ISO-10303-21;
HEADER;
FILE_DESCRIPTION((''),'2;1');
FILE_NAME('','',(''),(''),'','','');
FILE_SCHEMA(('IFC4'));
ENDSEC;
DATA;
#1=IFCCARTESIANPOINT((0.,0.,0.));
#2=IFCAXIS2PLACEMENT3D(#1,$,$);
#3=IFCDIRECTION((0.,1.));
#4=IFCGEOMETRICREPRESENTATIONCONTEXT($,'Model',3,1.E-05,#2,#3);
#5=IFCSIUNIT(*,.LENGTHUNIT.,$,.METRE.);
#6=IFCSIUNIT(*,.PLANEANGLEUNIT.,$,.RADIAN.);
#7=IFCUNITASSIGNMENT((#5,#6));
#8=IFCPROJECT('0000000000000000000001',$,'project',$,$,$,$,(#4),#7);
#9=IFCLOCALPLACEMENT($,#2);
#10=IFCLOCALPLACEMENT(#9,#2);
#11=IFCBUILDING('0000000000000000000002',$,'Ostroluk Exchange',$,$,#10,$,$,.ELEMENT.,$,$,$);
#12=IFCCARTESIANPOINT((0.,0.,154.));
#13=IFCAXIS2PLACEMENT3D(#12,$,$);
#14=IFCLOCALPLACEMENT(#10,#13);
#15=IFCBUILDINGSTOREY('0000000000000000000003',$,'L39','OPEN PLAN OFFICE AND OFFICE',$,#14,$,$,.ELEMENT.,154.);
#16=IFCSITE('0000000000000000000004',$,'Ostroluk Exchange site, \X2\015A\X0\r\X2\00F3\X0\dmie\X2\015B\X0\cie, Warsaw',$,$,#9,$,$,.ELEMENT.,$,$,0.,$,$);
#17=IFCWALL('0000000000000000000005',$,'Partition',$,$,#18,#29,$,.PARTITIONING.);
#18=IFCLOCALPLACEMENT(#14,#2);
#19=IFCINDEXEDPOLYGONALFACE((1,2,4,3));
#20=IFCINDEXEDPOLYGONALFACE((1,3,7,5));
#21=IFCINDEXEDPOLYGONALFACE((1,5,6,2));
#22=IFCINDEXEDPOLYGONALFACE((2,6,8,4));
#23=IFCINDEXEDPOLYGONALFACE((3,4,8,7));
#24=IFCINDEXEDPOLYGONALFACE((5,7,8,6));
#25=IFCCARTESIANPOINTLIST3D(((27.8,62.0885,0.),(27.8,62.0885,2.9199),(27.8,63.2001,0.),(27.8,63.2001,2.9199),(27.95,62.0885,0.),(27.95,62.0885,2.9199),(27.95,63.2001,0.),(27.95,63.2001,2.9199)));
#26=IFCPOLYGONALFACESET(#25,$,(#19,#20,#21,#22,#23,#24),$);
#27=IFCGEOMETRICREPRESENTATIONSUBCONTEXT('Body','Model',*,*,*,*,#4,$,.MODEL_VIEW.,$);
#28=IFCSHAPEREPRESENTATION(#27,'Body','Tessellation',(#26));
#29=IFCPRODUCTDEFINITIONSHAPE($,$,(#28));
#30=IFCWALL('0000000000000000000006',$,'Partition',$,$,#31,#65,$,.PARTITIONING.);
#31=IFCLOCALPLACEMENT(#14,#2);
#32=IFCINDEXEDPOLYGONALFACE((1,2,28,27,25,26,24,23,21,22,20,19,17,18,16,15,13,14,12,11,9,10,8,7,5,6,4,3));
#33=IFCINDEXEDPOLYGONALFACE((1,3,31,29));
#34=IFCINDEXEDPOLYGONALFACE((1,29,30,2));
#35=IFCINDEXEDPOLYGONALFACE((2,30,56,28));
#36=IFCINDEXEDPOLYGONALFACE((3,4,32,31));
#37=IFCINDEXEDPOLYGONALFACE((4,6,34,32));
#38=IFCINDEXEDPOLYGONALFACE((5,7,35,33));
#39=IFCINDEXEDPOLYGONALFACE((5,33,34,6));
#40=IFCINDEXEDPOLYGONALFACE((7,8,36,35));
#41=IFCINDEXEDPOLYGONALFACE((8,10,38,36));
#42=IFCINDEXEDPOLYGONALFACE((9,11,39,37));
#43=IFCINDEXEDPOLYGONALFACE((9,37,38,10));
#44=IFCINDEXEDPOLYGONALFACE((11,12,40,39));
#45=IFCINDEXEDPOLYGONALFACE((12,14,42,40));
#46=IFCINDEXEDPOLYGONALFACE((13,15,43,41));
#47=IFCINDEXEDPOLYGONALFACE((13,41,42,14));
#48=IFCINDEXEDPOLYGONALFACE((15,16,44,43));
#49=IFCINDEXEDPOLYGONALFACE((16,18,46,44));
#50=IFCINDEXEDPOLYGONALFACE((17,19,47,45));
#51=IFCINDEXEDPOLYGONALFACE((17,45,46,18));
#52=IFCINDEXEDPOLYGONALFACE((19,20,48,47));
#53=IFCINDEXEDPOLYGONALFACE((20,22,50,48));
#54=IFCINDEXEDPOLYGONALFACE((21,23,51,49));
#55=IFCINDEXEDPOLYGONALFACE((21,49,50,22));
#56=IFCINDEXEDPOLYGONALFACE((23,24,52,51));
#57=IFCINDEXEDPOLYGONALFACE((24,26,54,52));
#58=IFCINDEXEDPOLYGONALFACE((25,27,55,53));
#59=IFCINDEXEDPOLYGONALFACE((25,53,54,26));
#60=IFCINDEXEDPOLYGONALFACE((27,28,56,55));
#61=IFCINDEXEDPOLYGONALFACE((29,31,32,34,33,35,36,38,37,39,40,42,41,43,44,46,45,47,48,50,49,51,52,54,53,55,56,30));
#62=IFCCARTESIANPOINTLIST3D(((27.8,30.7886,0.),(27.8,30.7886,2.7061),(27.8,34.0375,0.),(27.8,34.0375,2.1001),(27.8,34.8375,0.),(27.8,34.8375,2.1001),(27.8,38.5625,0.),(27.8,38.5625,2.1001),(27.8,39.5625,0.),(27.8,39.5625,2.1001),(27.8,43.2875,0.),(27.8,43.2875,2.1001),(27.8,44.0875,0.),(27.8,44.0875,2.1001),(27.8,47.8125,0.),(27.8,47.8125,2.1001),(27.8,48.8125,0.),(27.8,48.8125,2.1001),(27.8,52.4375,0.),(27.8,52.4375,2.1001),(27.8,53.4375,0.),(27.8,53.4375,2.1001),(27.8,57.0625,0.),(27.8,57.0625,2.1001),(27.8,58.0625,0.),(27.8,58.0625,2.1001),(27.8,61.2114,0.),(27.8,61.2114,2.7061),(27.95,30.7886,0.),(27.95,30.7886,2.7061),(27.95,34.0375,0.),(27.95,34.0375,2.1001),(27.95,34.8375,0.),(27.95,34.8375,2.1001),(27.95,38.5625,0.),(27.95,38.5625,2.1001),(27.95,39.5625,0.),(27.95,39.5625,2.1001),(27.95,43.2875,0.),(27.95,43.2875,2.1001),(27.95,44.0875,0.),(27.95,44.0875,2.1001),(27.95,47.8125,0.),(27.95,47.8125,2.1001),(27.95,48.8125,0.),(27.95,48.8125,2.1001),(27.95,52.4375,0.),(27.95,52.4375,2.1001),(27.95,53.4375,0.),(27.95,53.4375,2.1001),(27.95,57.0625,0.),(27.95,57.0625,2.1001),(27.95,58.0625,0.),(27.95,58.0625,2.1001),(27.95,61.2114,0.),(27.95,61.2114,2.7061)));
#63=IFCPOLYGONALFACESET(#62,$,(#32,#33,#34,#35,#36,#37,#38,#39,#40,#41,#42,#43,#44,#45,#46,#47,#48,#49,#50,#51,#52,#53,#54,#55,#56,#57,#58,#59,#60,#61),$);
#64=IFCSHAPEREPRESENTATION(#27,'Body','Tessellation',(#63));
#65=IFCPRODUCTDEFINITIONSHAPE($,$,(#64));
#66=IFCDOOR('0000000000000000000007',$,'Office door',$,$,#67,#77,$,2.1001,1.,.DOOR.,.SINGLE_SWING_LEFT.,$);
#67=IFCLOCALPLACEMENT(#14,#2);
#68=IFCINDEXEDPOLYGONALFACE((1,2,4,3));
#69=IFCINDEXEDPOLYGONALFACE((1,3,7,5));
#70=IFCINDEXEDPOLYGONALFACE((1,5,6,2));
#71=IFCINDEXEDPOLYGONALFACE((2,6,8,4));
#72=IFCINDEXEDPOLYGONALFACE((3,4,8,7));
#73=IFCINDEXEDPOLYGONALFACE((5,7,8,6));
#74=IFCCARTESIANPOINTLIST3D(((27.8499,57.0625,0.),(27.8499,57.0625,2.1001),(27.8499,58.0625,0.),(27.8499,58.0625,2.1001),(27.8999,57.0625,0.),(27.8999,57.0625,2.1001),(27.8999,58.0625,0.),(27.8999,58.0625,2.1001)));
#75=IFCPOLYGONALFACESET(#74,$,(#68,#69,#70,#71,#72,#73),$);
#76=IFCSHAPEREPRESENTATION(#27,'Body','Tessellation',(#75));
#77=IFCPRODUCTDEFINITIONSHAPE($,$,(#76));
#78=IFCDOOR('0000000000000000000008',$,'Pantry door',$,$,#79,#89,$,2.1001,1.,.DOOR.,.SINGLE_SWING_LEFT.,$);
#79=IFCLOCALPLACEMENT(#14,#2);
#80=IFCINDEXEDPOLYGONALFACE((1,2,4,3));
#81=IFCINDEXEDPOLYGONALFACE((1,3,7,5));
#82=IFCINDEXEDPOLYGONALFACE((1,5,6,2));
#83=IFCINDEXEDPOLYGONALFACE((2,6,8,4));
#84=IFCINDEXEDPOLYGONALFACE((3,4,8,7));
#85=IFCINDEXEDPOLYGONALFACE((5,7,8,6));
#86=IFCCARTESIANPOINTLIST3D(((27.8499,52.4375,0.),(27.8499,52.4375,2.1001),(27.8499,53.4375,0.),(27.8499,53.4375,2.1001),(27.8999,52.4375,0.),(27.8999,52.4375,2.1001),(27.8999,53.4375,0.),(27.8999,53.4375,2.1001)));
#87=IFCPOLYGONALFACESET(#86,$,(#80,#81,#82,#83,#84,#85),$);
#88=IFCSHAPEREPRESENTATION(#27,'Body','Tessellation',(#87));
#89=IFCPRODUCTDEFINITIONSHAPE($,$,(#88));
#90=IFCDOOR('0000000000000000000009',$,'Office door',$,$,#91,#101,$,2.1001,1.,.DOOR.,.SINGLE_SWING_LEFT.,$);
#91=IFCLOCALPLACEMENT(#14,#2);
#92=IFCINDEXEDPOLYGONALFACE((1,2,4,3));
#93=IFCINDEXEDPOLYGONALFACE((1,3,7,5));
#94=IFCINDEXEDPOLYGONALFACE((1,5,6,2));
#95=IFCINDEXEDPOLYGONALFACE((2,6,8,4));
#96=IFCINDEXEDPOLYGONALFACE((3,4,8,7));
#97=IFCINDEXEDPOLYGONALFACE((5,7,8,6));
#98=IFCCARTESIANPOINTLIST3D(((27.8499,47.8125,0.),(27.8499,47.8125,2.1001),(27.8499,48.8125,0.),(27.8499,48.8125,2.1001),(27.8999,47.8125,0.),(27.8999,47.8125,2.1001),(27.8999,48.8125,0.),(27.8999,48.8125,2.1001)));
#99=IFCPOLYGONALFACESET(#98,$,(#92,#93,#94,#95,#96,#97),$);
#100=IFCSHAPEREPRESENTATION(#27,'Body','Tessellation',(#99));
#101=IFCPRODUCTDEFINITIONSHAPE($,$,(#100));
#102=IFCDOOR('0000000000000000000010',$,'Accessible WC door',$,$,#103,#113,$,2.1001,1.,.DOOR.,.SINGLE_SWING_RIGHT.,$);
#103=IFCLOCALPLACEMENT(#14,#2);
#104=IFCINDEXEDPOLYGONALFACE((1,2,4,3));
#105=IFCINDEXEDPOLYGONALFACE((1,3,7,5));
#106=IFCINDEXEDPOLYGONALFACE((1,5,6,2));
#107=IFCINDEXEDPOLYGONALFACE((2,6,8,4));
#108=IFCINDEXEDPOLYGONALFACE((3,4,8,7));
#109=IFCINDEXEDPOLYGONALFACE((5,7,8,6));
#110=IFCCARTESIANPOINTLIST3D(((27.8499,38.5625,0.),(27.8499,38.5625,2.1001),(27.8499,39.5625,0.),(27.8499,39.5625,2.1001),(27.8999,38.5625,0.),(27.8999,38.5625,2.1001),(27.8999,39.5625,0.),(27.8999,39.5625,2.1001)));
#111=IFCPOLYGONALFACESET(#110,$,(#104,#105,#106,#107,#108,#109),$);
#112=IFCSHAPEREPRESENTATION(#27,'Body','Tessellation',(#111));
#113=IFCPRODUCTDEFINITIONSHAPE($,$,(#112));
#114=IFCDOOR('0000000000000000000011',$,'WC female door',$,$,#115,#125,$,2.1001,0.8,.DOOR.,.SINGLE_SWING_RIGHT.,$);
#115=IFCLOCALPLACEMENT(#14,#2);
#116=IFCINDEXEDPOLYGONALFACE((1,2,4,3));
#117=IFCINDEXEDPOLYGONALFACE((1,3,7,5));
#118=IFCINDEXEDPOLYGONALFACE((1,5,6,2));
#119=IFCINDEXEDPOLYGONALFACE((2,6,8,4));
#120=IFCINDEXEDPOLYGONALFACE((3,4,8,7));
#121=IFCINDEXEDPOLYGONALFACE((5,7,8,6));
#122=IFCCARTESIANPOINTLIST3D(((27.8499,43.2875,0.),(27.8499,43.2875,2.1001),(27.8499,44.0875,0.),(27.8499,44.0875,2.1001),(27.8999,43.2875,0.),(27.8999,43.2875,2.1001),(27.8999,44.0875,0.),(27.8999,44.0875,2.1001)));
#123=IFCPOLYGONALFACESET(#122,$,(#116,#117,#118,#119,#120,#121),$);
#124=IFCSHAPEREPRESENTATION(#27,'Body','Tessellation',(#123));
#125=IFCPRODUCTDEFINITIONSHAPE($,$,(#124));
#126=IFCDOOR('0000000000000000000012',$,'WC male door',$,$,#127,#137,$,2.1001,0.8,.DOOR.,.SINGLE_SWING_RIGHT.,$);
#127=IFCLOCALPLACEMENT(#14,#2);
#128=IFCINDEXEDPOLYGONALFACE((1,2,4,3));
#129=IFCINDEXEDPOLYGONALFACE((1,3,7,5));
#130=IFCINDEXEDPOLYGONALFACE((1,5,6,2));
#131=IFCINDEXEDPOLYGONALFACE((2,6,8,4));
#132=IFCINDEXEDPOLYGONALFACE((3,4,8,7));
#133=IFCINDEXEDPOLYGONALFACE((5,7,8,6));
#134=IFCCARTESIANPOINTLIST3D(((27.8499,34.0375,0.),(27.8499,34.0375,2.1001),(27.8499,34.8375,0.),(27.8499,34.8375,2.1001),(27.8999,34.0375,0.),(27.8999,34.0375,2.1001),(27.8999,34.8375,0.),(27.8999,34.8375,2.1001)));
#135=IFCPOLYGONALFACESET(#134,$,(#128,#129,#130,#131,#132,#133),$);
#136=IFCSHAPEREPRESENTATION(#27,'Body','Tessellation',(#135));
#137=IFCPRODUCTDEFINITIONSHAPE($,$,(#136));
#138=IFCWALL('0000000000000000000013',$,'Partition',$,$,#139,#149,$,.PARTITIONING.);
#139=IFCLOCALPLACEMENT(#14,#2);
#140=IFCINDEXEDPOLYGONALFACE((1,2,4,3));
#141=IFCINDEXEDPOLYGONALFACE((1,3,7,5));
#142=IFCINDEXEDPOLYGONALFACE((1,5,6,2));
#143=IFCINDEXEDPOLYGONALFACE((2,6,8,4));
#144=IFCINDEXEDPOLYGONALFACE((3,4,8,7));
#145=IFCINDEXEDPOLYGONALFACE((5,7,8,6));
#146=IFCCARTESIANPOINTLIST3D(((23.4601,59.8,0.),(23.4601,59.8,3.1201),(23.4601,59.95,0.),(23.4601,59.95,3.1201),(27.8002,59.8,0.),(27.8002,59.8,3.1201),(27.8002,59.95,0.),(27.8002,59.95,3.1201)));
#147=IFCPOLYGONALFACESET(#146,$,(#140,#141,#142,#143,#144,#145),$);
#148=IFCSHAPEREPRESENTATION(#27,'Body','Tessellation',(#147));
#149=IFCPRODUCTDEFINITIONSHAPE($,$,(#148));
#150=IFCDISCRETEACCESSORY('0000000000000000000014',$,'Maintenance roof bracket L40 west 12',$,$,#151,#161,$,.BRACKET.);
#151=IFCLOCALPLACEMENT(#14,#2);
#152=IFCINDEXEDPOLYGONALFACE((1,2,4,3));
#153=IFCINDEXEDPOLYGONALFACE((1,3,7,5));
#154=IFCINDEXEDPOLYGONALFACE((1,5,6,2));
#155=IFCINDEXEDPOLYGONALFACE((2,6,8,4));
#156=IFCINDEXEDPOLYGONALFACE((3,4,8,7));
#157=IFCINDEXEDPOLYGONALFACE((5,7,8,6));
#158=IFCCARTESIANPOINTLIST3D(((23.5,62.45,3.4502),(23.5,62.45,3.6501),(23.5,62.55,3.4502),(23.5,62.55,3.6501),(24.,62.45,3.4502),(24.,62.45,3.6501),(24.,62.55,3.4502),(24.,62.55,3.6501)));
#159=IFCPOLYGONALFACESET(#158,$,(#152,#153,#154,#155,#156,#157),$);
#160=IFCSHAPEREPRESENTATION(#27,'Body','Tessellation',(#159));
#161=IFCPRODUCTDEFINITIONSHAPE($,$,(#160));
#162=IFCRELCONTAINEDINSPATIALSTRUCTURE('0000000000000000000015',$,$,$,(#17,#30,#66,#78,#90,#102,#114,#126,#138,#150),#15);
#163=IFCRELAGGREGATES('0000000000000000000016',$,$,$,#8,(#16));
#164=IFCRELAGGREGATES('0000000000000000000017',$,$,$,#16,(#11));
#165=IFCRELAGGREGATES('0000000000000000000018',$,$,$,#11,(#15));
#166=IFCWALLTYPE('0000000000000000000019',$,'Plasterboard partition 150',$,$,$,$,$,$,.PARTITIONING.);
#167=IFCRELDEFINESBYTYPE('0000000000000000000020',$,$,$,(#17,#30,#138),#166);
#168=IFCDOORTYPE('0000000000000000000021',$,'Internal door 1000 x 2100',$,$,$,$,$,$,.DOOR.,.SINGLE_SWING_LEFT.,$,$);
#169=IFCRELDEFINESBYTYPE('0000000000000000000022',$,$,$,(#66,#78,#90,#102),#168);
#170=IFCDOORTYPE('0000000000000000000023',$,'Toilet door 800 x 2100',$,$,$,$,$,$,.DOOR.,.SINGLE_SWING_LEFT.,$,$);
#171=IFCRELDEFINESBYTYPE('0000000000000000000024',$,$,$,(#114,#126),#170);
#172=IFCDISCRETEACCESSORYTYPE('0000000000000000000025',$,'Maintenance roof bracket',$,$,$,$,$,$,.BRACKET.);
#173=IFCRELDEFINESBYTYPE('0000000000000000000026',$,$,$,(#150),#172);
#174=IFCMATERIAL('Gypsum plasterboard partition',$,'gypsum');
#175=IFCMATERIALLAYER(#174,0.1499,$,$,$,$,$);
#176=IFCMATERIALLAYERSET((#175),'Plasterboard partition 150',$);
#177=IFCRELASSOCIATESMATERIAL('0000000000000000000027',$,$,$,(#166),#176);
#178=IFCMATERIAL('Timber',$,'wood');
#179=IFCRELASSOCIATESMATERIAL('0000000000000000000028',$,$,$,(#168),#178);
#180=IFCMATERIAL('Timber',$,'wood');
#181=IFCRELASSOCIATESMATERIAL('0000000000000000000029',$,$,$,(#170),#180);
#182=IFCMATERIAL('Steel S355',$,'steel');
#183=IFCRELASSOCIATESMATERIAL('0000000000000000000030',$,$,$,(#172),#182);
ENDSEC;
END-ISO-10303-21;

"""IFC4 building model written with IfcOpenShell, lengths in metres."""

from ifc_helpers import new_model, si_unit, direction, frame, frame_2d, origin, origin_2d, place, context, subcontext, project, spatial, rectangle, extrude, material, layer, layer_set, type_object, element, fill, save


model = new_model("IFC4")

# Units and contexts
model_context = context("Model", 3, precision=1e-05, world=origin(), true_north=direction((0.0, 1.0)))
body_context = subcontext(model_context, "Body", "Model", "MODEL_VIEW")
ifc_project = project(units=[si_unit("LENGTHUNIT", "METRE"), si_unit("PLANEANGLEUNIT", "RADIAN")], contexts=[model_context])

# Site, building, storey
site_placement = place(None, origin())
site = spatial("IfcSite", under=ifc_project, at=site_placement, Name="Ostroluk Exchange site, Śródmieście, Warsaw", CompositionType="ELEMENT", RefElevation=0.0)
building_placement = place(site_placement, origin())
building = spatial("IfcBuilding", under=site, at=building_placement, Name="Ostroluk Exchange", CompositionType="ELEMENT")
storey_placement = place(building_placement, frame((0.0, 0.0, 154.0)))
storey = spatial("IfcBuildingStorey", under=building, at=storey_placement, Name="L39", Description="OPEN PLAN OFFICE AND OFFICE", CompositionType="ELEMENT", Elevation=154.0)

# Wall
ifc_material_1 = material(Name="Gypsum plasterboard partition", Category="gypsum")
ifc_layer_1 = layer(ifc_material_1, 0.1499)
ifc_layer_set_1 = layer_set([ifc_layer_1], Name="Plasterboard partition 150")
wall_type = type_object("IfcWallType", Name="Plasterboard partition 150", PredefinedType="PARTITIONING", material=ifc_layer_set_1)
wall_1_placement = place(storey_placement, frame((27.875, 63.2, 0.0), z_axis=(0.0, 0.0, 1.0), x_axis=(0.0, -1.0, 0.0)))
element("IfcWall", 1, at=wall_1_placement, inside=storey, type_object=wall_type, Name="Partition", PredefinedType="PARTITIONING", context=body_context, shape_type="SweptSolid", body=[
    extrude(rectangle(XDim=1.1116, YDim=0.1499, at=frame_2d((0.5557, 0.0))), origin(), (0.0, 0.0, 1.0), 2.9199),
])

# Wall, openings, doors
wall_2_placement = place(storey_placement, frame((27.875, 61.2114, 0.0), z_axis=(0.0, 0.0, 1.0), x_axis=(0.0, -1.0, 0.0)))
wall_2 = element("IfcWall", 2, at=wall_2_placement, inside=storey, type_object=wall_type, Name="Partition", PredefinedType="PARTITIONING", context=body_context, shape_type="SweptSolid", body=[
    extrude(rectangle(XDim=30.4229, YDim=0.1499, at=frame_2d((15.2114, 0.0))), origin(), (0.0, 0.0, 1.0), 2.7061),
])
opening_1_placement = place(wall_2_placement, frame((3.1489, 0.0, 0.0)))
opening_1 = element("IfcOpeningElement", 3, at=opening_1_placement, cuts=wall_2, PredefinedType="OPENING", context=body_context, shape_type="SweptSolid", body=[
    extrude(rectangle(XDim=1.0, YDim=2.1001, at=frame_2d((0.5, 1.05))), frame((0.0, 0.085, 0.0), z_axis=(0.0, -1.0, 0.0), x_axis=(1.0, 0.0, 0.0)), (0.0, 0.0, 1.0), 0.1699),
])
opening_2_placement = place(wall_2_placement, frame((7.7739, 0.0, 0.0)))
opening_2 = element("IfcOpeningElement", 4, at=opening_2_placement, cuts=wall_2, PredefinedType="OPENING", context=body_context, shape_type="SweptSolid", body=[
    extrude(rectangle(XDim=1.0, YDim=2.1001, at=frame_2d((0.5, 1.05))), frame((0.0, 0.085, 0.0), z_axis=(0.0, -1.0, 0.0), x_axis=(1.0, 0.0, 0.0)), (0.0, 0.0, 1.0), 0.1699),
])
opening_3_placement = place(wall_2_placement, frame((12.3989, 0.0, 0.0)))
opening_3 = element("IfcOpeningElement", 5, at=opening_3_placement, cuts=wall_2, PredefinedType="OPENING", context=body_context, shape_type="SweptSolid", body=[
    extrude(rectangle(XDim=1.0, YDim=2.1001, at=frame_2d((0.5, 1.05))), frame((0.0, 0.085, 0.0), z_axis=(0.0, -1.0, 0.0), x_axis=(1.0, 0.0, 0.0)), (0.0, 0.0, 1.0), 0.1699),
])
opening_4_placement = place(wall_2_placement, frame((17.124, 0.0, 0.0)))
opening_4 = element("IfcOpeningElement", 6, at=opening_4_placement, cuts=wall_2, PredefinedType="OPENING", context=body_context, shape_type="SweptSolid", body=[
    extrude(rectangle(XDim=0.8, YDim=2.1001, at=frame_2d((0.3999, 1.05))), frame((0.0, 0.085, 0.0), z_axis=(0.0, -1.0, 0.0), x_axis=(1.0, 0.0, 0.0)), (0.0, 0.0, 1.0), 0.1699),
])
opening_5_placement = place(wall_2_placement, frame((21.6489, 0.0, 0.0)))
opening_5 = element("IfcOpeningElement", 7, at=opening_5_placement, cuts=wall_2, PredefinedType="OPENING", context=body_context, shape_type="SweptSolid", body=[
    extrude(rectangle(XDim=1.0, YDim=2.1001, at=frame_2d((0.5, 1.05))), frame((0.0, 0.085, 0.0), z_axis=(0.0, -1.0, 0.0), x_axis=(1.0, 0.0, 0.0)), (0.0, 0.0, 1.0), 0.1699),
])
opening_6_placement = place(wall_2_placement, frame((26.374, 0.0, 0.0)))
opening_6 = element("IfcOpeningElement", 8, at=opening_6_placement, cuts=wall_2, PredefinedType="OPENING", context=body_context, shape_type="SweptSolid", body=[
    extrude(rectangle(XDim=0.8, YDim=2.1001, at=frame_2d((0.3999, 1.05))), frame((0.0, 0.085, 0.0), z_axis=(0.0, -1.0, 0.0), x_axis=(1.0, 0.0, 0.0)), (0.0, 0.0, 1.0), 0.1699),
])
ifc_material_2 = material(Name="Timber", Category="wood")
door_type_1 = type_object("IfcDoorType", Name="Internal door 1000 x 2100", OperationType="SINGLE_SWING_LEFT", PredefinedType="DOOR", material=ifc_material_2)
door_1_placement = place(opening_1_placement, origin())
door_1 = element("IfcDoor", 9, at=door_1_placement, inside=storey, type_object=door_type_1, Name="Office door", OperationType="SINGLE_SWING_LEFT", OverallHeight=2.1001, OverallWidth=1.0, PredefinedType="DOOR", context=body_context, shape_type="SweptSolid", body=[
    extrude(rectangle(XDim=1.0, YDim=2.1001, at=frame_2d((0.5, 1.05))), frame((0.0, 0.0249, 0.0), z_axis=(0.0, -1.0, 0.0), x_axis=(1.0, 0.0, 0.0)), (0.0, 0.0, 1.0), 0.05),
])
fill(opening_1, door_1)
door_2_placement = place(opening_2_placement, origin())
door_2 = element("IfcDoor", 10, at=door_2_placement, inside=storey, type_object=door_type_1, Name="Pantry door", OperationType="SINGLE_SWING_LEFT", OverallHeight=2.1001, OverallWidth=1.0, PredefinedType="DOOR", context=body_context, shape_type="SweptSolid", body=[
    extrude(rectangle(XDim=1.0, YDim=2.1001, at=frame_2d((0.5, 1.05))), frame((0.0, 0.0249, 0.0), z_axis=(0.0, -1.0, 0.0), x_axis=(1.0, 0.0, 0.0)), (0.0, 0.0, 1.0), 0.05),
])
fill(opening_2, door_2)
door_3_placement = place(opening_3_placement, origin())
door_3 = element("IfcDoor", 11, at=door_3_placement, inside=storey, type_object=door_type_1, Name="Office door", OperationType="SINGLE_SWING_LEFT", OverallHeight=2.1001, OverallWidth=1.0, PredefinedType="DOOR", context=body_context, shape_type="SweptSolid", body=[
    extrude(rectangle(XDim=1.0, YDim=2.1001, at=frame_2d((0.5, 1.05))), frame((0.0, 0.0249, 0.0), z_axis=(0.0, -1.0, 0.0), x_axis=(1.0, 0.0, 0.0)), (0.0, 0.0, 1.0), 0.05),
])
fill(opening_3, door_3)
door_4_placement = place(opening_5_placement, origin())
door_4 = element("IfcDoor", 12, at=door_4_placement, inside=storey, type_object=door_type_1, Name="Accessible WC door", OperationType="SINGLE_SWING_RIGHT", OverallHeight=2.1001, OverallWidth=1.0, PredefinedType="DOOR", context=body_context, shape_type="SweptSolid", body=[
    extrude(rectangle(XDim=1.0, YDim=2.1001, at=frame_2d((0.5, 1.05))), frame((0.0, 0.0249, 0.0), z_axis=(0.0, -1.0, 0.0), x_axis=(1.0, 0.0, 0.0)), (0.0, 0.0, 1.0), 0.05),
])
fill(opening_5, door_4)
ifc_material_3 = material(Name="Timber", Category="wood")
door_type_2 = type_object("IfcDoorType", Name="Toilet door 800 x 2100", OperationType="SINGLE_SWING_LEFT", PredefinedType="DOOR", material=ifc_material_3)
door_5_placement = place(opening_4_placement, origin())
door_5 = element("IfcDoor", 13, at=door_5_placement, inside=storey, type_object=door_type_2, Name="WC female door", OperationType="SINGLE_SWING_RIGHT", OverallHeight=2.1001, OverallWidth=0.8, PredefinedType="DOOR", context=body_context, shape_type="SweptSolid", body=[
    extrude(rectangle(XDim=0.8, YDim=2.1001, at=frame_2d((0.3999, 1.05))), frame((0.0, 0.0249, 0.0), z_axis=(0.0, -1.0, 0.0), x_axis=(1.0, 0.0, 0.0)), (0.0, 0.0, 1.0), 0.05),
])
fill(opening_4, door_5)
door_6_placement = place(opening_6_placement, origin())
door_6 = element("IfcDoor", 14, at=door_6_placement, inside=storey, type_object=door_type_2, Name="WC male door", OperationType="SINGLE_SWING_RIGHT", OverallHeight=2.1001, OverallWidth=0.8, PredefinedType="DOOR", context=body_context, shape_type="SweptSolid", body=[
    extrude(rectangle(XDim=0.8, YDim=2.1001, at=frame_2d((0.3999, 1.05))), frame((0.0, 0.0249, 0.0), z_axis=(0.0, -1.0, 0.0), x_axis=(1.0, 0.0, 0.0)), (0.0, 0.0, 1.0), 0.05),
])
fill(opening_6, door_6)

# Wall
wall_3_placement = place(storey_placement, frame((27.8, 59.875, 0.0), z_axis=(0.0, 0.0, 1.0), x_axis=(-1.0, 0.0, 0.0)))
element("IfcWall", 15, at=wall_3_placement, inside=storey, type_object=wall_type, Name="Partition", PredefinedType="PARTITIONING", context=body_context, shape_type="SweptSolid", body=[
    extrude(rectangle(XDim=4.3401, YDim=0.1499, at=frame_2d((2.1699, 0.0))), origin(), (0.0, 0.0, 1.0), 3.1201),
])

# Discrete accessory
ifc_material_4 = material(Name="Steel S355", Category="steel")
discrete_accessory_type = type_object("IfcDiscreteAccessoryType", Name="Maintenance roof bracket", PredefinedType="BRACKET", material=ifc_material_4)
discrete_accessory_placement = place(storey_placement, frame((23.75, 62.5, 3.4502), z_axis=(0.0, 0.0, 1.0), x_axis=(1.0, 0.0, 0.0)))
element("IfcDiscreteAccessory", 16, at=discrete_accessory_placement, inside=storey, type_object=discrete_accessory_type, Name="Maintenance roof bracket L40 west 12", PredefinedType="BRACKET", context=body_context, shape_type="SweptSolid", body=[
    extrude(rectangle(XDim=0.5, YDim=0.1001, at=origin_2d()), origin(), (0.0, 0.0, 1.0), 0.2),
])

save(model, "model.ifc")
